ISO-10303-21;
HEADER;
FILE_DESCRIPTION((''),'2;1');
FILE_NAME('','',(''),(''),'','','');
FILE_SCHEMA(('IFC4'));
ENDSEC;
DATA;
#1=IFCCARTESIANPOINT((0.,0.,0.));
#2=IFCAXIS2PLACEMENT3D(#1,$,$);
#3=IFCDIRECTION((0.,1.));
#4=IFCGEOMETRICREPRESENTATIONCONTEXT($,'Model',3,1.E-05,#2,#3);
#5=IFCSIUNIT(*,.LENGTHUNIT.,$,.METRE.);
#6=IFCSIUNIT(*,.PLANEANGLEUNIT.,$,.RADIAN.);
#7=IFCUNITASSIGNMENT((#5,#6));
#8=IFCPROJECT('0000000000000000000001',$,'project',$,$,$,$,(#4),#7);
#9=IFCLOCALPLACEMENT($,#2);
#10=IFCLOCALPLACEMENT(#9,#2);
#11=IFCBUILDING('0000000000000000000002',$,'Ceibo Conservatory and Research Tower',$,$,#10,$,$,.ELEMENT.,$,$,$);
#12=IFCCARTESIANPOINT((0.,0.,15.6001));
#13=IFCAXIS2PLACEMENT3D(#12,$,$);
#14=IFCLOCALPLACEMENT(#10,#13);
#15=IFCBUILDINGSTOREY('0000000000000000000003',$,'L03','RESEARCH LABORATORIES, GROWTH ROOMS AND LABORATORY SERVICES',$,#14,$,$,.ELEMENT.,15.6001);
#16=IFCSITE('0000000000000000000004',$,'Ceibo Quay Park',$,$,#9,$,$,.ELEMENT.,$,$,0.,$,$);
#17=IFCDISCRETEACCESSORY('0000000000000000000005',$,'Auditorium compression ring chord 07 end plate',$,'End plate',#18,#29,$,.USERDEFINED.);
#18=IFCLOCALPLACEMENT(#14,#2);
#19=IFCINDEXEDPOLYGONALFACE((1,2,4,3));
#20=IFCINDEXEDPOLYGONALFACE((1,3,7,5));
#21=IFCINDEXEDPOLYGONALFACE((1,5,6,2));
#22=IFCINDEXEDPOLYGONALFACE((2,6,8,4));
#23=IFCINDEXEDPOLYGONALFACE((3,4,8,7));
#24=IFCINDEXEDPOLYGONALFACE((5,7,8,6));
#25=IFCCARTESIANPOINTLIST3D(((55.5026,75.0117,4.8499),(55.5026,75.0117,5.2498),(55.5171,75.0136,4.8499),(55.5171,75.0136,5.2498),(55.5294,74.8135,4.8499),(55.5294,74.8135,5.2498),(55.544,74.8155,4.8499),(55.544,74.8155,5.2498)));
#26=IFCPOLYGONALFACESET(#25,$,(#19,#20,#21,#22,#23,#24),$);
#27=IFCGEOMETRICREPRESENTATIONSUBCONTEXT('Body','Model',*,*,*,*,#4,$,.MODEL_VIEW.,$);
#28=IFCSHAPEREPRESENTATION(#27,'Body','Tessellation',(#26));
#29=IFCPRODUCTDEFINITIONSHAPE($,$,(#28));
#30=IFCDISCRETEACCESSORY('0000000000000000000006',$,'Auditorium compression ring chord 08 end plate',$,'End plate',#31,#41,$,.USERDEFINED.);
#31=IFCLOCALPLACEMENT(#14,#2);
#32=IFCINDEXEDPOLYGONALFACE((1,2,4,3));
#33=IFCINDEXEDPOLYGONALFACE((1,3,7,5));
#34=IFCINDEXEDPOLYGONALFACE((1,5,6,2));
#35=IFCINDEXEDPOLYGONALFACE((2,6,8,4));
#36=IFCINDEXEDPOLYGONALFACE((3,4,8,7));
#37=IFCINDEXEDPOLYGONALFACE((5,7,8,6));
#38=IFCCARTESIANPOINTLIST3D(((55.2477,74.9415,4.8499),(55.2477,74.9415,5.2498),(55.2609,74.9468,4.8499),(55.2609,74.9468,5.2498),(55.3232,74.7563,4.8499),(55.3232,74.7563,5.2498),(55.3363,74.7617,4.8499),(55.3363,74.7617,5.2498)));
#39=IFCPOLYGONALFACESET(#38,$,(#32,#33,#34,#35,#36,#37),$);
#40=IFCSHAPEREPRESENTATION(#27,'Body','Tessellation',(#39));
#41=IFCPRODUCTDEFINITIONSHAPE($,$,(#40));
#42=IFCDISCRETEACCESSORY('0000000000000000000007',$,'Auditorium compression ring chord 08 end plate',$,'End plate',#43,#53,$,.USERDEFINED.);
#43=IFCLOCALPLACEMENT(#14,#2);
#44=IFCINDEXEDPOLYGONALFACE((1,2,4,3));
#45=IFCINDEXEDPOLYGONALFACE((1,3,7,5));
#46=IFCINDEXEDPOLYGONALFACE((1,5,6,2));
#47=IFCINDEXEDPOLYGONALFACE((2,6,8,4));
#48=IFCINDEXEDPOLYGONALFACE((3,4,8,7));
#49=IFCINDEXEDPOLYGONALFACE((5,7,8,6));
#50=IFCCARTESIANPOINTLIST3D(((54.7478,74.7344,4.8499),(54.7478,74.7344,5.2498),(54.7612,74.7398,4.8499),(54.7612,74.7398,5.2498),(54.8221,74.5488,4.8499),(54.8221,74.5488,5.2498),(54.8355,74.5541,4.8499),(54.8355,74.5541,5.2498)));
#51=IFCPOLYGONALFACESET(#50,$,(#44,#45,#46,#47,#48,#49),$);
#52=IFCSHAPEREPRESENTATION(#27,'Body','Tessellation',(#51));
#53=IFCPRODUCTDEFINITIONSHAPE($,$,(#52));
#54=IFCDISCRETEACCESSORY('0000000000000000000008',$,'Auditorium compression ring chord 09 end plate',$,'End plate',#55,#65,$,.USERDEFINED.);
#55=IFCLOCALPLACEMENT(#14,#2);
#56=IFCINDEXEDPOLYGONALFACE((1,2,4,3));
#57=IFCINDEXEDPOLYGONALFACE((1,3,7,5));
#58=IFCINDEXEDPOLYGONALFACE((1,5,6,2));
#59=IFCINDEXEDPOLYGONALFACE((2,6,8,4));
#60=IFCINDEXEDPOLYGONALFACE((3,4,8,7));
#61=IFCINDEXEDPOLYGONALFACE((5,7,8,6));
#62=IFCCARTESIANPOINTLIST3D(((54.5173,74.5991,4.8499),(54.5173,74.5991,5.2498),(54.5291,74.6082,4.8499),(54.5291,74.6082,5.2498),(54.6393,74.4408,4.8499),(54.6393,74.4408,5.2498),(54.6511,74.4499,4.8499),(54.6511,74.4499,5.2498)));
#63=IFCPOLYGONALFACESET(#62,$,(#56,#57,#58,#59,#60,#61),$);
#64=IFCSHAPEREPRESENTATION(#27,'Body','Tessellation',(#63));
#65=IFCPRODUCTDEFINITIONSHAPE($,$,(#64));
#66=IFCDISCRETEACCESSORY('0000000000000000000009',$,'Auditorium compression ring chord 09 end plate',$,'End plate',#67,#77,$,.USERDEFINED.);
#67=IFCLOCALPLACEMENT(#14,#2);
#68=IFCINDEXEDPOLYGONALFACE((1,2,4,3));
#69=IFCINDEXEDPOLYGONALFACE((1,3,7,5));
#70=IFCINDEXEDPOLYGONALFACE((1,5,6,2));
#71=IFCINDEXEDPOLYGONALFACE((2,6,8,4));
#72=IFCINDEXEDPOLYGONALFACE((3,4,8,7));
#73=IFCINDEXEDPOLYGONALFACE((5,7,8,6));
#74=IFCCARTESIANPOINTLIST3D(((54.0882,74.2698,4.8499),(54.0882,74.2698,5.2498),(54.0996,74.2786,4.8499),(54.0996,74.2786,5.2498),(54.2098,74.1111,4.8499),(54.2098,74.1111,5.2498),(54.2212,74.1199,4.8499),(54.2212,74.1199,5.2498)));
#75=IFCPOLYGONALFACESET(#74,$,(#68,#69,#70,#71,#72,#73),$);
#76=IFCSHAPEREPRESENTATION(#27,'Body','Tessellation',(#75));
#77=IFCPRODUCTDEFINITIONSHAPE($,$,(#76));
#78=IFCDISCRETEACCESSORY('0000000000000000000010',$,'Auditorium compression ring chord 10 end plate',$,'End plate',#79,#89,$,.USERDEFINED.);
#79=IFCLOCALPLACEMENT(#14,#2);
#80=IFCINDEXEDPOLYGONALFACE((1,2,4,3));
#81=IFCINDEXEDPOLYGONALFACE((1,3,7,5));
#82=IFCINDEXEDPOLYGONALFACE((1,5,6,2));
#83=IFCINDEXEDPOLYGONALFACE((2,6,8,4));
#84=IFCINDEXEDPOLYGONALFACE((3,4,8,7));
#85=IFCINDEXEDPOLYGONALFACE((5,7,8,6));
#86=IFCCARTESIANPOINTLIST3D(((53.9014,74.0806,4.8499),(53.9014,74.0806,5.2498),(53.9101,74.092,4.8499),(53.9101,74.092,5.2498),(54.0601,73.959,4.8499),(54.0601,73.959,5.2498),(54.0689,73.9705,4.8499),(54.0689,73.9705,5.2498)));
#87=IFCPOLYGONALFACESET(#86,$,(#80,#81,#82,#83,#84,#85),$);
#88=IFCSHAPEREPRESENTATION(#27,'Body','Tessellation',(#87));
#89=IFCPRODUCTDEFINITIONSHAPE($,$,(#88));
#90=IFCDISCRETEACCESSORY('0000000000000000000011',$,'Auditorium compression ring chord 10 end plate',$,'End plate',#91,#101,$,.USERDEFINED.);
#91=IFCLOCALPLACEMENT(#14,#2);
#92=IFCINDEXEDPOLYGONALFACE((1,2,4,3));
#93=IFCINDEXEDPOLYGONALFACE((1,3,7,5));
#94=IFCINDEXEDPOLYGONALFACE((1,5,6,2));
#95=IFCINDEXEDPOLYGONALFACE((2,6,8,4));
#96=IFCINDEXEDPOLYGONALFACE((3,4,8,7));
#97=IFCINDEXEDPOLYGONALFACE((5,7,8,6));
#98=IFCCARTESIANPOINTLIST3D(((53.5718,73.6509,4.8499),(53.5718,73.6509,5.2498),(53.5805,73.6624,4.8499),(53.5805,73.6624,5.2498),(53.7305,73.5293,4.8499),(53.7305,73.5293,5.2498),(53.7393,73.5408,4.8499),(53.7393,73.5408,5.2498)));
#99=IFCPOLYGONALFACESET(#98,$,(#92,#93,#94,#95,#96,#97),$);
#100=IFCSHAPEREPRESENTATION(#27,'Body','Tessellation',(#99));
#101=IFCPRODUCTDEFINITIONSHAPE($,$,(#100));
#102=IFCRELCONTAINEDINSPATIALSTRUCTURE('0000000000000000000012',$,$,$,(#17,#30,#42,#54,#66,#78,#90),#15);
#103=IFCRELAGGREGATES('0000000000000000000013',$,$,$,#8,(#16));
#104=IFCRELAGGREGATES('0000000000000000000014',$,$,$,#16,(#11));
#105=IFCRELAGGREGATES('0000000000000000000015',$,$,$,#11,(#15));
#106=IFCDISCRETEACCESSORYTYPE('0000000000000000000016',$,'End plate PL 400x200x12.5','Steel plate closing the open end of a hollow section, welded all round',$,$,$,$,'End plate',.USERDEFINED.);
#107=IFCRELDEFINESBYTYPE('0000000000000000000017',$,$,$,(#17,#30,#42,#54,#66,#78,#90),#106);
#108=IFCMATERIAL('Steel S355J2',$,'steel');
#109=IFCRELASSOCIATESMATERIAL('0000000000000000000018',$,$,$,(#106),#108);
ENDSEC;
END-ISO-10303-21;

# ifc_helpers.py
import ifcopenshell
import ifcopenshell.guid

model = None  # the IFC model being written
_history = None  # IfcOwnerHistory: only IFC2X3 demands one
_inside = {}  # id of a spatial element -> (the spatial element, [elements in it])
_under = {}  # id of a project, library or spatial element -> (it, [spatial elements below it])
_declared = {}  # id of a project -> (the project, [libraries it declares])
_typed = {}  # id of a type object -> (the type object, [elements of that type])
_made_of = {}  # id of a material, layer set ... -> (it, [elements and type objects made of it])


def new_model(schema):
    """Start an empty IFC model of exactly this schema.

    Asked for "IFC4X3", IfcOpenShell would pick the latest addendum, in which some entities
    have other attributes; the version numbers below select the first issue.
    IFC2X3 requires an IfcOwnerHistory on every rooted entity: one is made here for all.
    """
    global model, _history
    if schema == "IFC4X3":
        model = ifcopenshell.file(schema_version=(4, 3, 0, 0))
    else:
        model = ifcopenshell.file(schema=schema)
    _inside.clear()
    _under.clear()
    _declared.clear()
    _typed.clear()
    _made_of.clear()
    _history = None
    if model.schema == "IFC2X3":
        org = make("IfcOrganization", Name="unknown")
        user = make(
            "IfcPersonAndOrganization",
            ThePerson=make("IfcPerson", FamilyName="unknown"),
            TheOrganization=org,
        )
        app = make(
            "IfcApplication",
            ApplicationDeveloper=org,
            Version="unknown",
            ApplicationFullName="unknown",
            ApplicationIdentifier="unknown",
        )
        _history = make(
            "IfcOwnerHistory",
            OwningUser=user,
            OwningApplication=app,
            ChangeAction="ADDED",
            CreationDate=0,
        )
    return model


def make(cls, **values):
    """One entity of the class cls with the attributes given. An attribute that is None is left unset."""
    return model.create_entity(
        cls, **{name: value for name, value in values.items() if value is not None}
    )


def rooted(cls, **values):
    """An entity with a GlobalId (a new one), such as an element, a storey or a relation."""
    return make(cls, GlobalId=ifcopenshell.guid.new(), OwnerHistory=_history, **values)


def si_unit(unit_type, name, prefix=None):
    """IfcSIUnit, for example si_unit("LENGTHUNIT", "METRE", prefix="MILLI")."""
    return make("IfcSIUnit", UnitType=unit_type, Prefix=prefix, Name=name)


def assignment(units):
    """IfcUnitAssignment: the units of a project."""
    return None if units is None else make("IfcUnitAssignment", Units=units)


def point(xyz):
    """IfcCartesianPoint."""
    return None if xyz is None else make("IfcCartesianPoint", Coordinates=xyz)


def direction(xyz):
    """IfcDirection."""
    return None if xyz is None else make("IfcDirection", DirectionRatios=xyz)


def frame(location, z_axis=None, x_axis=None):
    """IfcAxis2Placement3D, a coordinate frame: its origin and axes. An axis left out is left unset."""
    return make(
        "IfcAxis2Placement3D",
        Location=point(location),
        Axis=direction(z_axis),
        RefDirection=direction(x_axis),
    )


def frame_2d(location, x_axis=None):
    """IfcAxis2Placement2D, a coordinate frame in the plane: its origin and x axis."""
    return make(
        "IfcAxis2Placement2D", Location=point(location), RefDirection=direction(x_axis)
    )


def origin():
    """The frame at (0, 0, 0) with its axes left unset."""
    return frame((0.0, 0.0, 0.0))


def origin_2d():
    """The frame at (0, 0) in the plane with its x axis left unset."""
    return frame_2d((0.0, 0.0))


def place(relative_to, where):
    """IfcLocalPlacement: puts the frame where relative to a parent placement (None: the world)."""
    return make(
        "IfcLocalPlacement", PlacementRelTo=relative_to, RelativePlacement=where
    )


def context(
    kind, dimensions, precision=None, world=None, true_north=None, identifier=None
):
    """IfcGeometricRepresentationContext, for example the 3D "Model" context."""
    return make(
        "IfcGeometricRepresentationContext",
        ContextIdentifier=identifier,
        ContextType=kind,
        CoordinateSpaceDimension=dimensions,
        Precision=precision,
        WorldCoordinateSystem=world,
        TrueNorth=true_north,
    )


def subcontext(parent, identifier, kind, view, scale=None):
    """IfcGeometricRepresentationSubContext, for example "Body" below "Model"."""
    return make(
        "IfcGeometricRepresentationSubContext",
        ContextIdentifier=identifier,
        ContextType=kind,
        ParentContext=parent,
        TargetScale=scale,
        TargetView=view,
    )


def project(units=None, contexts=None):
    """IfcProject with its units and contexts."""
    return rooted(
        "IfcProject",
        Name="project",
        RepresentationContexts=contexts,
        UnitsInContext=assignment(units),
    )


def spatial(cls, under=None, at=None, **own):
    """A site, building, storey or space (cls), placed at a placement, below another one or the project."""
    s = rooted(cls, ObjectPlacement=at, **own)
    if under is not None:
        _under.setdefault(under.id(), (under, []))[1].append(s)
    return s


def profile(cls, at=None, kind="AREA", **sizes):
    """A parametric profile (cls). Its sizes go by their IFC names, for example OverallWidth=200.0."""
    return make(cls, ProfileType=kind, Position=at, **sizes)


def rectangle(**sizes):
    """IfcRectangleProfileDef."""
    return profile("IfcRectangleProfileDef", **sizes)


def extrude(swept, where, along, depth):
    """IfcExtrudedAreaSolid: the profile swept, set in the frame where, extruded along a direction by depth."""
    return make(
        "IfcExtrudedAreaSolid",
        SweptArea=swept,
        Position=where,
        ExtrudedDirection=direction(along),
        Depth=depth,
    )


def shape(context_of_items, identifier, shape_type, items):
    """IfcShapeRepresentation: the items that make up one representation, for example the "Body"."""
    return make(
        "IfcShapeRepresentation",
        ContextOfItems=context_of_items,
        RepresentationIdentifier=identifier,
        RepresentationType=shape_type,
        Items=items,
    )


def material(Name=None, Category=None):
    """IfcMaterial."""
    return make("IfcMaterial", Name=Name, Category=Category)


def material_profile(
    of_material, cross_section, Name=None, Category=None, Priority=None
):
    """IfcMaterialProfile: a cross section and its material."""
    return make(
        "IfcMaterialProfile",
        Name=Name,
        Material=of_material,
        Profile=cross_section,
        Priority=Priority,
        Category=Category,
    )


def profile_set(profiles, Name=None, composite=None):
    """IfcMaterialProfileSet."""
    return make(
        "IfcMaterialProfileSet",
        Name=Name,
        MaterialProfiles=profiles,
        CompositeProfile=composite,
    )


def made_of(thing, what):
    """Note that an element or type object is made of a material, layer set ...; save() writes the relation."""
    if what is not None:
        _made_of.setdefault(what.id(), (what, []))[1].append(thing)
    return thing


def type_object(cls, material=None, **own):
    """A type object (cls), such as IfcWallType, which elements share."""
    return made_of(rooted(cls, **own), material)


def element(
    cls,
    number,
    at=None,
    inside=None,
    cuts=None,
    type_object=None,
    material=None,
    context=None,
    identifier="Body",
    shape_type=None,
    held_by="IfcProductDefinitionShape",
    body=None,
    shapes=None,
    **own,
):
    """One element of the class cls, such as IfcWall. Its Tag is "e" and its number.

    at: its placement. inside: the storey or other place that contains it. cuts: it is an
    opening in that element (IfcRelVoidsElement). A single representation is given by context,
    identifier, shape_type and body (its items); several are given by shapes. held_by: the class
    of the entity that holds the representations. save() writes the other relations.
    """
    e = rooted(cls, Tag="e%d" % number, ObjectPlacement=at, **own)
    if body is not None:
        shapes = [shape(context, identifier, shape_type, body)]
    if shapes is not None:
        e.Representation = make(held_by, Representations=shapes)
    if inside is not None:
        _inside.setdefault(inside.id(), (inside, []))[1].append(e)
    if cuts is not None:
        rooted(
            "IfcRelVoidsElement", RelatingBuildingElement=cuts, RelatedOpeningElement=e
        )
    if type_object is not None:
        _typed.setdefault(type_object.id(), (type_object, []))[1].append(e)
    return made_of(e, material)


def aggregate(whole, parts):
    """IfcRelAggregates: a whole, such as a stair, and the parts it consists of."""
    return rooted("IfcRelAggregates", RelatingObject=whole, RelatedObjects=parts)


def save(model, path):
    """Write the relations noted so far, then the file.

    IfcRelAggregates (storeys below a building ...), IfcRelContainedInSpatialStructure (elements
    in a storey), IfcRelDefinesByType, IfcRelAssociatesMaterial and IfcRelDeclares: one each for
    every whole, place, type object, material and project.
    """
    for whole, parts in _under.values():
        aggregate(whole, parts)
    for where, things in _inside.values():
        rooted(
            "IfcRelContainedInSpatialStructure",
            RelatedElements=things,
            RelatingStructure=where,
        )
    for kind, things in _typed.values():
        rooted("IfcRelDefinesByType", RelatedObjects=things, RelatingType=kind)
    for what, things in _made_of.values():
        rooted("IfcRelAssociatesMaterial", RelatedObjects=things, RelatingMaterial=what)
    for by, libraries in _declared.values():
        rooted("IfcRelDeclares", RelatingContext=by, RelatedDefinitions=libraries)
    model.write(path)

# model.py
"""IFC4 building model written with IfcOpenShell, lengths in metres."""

from ifc_helpers import new_model, si_unit, direction, frame, origin, origin_2d, place, context, subcontext, project, spatial, rectangle, extrude, material, material_profile, profile_set, type_object, element, save


model = new_model("IFC4")

# Units and contexts
model_context = context("Model", 3, precision=1e-05, world=origin(), true_north=direction((0.0, 1.0)))
body_context = subcontext(model_context, "Body", "Model", "MODEL_VIEW")
ifc_project = project(units=[si_unit("LENGTHUNIT", "METRE"), si_unit("PLANEANGLEUNIT", "RADIAN")], contexts=[model_context])

# Site, building, storey
site_placement = place(None, origin())
site = spatial("IfcSite", under=ifc_project, at=site_placement, Name="Ceibo Quay Park", CompositionType="ELEMENT", RefElevation=0.0)
building_placement = place(site_placement, origin())
building = spatial("IfcBuilding", under=site, at=building_placement, Name="Ceibo Conservatory and Research Tower", CompositionType="ELEMENT")
storey_placement = place(building_placement, frame((0.0, 0.0, 15.6001)))
storey = spatial("IfcBuildingStorey", under=building, at=storey_placement, Name="L03", Description="RESEARCH LABORATORIES, GROWTH ROOMS AND LABORATORY SERVICES", CompositionType="ELEMENT", Elevation=15.6001)

# Shared definitions
ifc_material_1 = material(Name="Steel S355J2", Category="steel")

# Discrete accessories
ifc_material_profile_1 = material_profile(ifc_material_1, rectangle(XDim=0.2, YDim=0.3999, at=origin_2d()), Name="End plate PL 400x200x12.5")
ifc_profile_set_1 = profile_set([ifc_material_profile_1], Name="Steel S355J2")
discrete_accessory_type = type_object("IfcDiscreteAccessoryType", Name="End plate PL 400x200x12.5", Description="Steel plate closing the open end of a hollow section, welded all round", ElementType="End plate", PredefinedType="USERDEFINED", material=ifc_profile_set_1)
discrete_accessory_1_placement = place(storey_placement, frame((55.5305, 74.9146, 5.0498), z_axis=(-0.990932, -0.134364, 0.0), x_axis=(0.134364, -0.990932, 0.0)))
element("IfcDiscreteAccessory", 1, at=discrete_accessory_1_placement, inside=storey, type_object=discrete_accessory_type, Name="Auditorium compression ring chord 07 end plate", ObjectType="End plate", PredefinedType="USERDEFINED", context=body_context, shape_type="SweptSolid", body=[
    extrude(rectangle(XDim=0.2, YDim=0.3999, at=origin_2d()), origin(), (0.0, 0.0, 1.0), 0.0146),
])
discrete_accessory_2_placement = place(storey_placement, frame((55.2986, 74.8542, 5.0498), z_axis=(-0.926092, -0.377297, 0.0), x_axis=(0.377297, -0.926092, 0.0)))
element("IfcDiscreteAccessory", 2, at=discrete_accessory_2_placement, inside=storey, type_object=discrete_accessory_type, Name="Auditorium compression ring chord 08 end plate", ObjectType="End plate", PredefinedType="USERDEFINED", context=body_context, shape_type="SweptSolid", body=[
    extrude(rectangle(XDim=0.2, YDim=0.3999, at=origin_2d()), origin(), (0.0, 0.0, 1.0), 0.0142),
])
discrete_accessory_3_placement = place(storey_placement, frame((54.7983, 74.647, 5.0498), z_axis=(-0.928477, -0.371391, 0.0), x_axis=(0.371391, -0.928477, 0.0)))
element("IfcDiscreteAccessory", 3, at=discrete_accessory_3_placement, inside=storey, type_object=discrete_accessory_type, Name="Auditorium compression ring chord 08 end plate", ObjectType="End plate", PredefinedType="USERDEFINED", context=body_context, shape_type="SweptSolid", body=[
    extrude(rectangle(XDim=0.2, YDim=0.3999, at=origin_2d()), origin(), (0.0, 0.0, 1.0), 0.0144),
])
discrete_accessory_4_placement = place(storey_placement, frame((54.5901, 74.5291, 5.0498), z_axis=(-0.79201, -0.610508, 0.0), x_axis=(0.610508, -0.79201, 0.0)))
element("IfcDiscreteAccessory", 4, at=discrete_accessory_4_placement, inside=storey, type_object=discrete_accessory_type, Name="Auditorium compression ring chord 09 end plate", ObjectType="End plate", PredefinedType="USERDEFINED", context=body_context, shape_type="SweptSolid", body=[
    extrude(rectangle(XDim=0.2, YDim=0.3999, at=origin_2d()), origin(), (0.0, 0.0, 1.0), 0.0149),
])
for number, where, z_axis, x_axis, name in (
    (5, (54.1604, 74.1992, 5.0498), (-0.793878, -0.608077, 0.0), (0.608077, -0.793878, 0.0), "Auditorium compression ring chord 09 end plate"),
    (6, (53.9895, 74.0312, 5.0498), (-0.608077, -0.793878, 0.0), (0.793878, -0.608077, 0.0), "Auditorium compression ring chord 10 end plate"),
    (7, (53.6599, 73.6016, 5.0498), (-0.608077, -0.793878, 0.0), (0.793878, -0.608077, 0.0), "Auditorium compression ring chord 10 end plate"),
):
    element("IfcDiscreteAccessory", number, at=place(storey_placement, frame(where, z_axis=z_axis, x_axis=x_axis)), inside=storey, type_object=discrete_accessory_type, Name=name, ObjectType="End plate", PredefinedType="USERDEFINED", context=body_context, shape_type="SweptSolid", body=[
        extrude(rectangle(XDim=0.2, YDim=0.3999, at=origin_2d()), origin(), (0.0, 0.0, 1.0), 0.0144),
    ])

save(model, "model.ifc")
